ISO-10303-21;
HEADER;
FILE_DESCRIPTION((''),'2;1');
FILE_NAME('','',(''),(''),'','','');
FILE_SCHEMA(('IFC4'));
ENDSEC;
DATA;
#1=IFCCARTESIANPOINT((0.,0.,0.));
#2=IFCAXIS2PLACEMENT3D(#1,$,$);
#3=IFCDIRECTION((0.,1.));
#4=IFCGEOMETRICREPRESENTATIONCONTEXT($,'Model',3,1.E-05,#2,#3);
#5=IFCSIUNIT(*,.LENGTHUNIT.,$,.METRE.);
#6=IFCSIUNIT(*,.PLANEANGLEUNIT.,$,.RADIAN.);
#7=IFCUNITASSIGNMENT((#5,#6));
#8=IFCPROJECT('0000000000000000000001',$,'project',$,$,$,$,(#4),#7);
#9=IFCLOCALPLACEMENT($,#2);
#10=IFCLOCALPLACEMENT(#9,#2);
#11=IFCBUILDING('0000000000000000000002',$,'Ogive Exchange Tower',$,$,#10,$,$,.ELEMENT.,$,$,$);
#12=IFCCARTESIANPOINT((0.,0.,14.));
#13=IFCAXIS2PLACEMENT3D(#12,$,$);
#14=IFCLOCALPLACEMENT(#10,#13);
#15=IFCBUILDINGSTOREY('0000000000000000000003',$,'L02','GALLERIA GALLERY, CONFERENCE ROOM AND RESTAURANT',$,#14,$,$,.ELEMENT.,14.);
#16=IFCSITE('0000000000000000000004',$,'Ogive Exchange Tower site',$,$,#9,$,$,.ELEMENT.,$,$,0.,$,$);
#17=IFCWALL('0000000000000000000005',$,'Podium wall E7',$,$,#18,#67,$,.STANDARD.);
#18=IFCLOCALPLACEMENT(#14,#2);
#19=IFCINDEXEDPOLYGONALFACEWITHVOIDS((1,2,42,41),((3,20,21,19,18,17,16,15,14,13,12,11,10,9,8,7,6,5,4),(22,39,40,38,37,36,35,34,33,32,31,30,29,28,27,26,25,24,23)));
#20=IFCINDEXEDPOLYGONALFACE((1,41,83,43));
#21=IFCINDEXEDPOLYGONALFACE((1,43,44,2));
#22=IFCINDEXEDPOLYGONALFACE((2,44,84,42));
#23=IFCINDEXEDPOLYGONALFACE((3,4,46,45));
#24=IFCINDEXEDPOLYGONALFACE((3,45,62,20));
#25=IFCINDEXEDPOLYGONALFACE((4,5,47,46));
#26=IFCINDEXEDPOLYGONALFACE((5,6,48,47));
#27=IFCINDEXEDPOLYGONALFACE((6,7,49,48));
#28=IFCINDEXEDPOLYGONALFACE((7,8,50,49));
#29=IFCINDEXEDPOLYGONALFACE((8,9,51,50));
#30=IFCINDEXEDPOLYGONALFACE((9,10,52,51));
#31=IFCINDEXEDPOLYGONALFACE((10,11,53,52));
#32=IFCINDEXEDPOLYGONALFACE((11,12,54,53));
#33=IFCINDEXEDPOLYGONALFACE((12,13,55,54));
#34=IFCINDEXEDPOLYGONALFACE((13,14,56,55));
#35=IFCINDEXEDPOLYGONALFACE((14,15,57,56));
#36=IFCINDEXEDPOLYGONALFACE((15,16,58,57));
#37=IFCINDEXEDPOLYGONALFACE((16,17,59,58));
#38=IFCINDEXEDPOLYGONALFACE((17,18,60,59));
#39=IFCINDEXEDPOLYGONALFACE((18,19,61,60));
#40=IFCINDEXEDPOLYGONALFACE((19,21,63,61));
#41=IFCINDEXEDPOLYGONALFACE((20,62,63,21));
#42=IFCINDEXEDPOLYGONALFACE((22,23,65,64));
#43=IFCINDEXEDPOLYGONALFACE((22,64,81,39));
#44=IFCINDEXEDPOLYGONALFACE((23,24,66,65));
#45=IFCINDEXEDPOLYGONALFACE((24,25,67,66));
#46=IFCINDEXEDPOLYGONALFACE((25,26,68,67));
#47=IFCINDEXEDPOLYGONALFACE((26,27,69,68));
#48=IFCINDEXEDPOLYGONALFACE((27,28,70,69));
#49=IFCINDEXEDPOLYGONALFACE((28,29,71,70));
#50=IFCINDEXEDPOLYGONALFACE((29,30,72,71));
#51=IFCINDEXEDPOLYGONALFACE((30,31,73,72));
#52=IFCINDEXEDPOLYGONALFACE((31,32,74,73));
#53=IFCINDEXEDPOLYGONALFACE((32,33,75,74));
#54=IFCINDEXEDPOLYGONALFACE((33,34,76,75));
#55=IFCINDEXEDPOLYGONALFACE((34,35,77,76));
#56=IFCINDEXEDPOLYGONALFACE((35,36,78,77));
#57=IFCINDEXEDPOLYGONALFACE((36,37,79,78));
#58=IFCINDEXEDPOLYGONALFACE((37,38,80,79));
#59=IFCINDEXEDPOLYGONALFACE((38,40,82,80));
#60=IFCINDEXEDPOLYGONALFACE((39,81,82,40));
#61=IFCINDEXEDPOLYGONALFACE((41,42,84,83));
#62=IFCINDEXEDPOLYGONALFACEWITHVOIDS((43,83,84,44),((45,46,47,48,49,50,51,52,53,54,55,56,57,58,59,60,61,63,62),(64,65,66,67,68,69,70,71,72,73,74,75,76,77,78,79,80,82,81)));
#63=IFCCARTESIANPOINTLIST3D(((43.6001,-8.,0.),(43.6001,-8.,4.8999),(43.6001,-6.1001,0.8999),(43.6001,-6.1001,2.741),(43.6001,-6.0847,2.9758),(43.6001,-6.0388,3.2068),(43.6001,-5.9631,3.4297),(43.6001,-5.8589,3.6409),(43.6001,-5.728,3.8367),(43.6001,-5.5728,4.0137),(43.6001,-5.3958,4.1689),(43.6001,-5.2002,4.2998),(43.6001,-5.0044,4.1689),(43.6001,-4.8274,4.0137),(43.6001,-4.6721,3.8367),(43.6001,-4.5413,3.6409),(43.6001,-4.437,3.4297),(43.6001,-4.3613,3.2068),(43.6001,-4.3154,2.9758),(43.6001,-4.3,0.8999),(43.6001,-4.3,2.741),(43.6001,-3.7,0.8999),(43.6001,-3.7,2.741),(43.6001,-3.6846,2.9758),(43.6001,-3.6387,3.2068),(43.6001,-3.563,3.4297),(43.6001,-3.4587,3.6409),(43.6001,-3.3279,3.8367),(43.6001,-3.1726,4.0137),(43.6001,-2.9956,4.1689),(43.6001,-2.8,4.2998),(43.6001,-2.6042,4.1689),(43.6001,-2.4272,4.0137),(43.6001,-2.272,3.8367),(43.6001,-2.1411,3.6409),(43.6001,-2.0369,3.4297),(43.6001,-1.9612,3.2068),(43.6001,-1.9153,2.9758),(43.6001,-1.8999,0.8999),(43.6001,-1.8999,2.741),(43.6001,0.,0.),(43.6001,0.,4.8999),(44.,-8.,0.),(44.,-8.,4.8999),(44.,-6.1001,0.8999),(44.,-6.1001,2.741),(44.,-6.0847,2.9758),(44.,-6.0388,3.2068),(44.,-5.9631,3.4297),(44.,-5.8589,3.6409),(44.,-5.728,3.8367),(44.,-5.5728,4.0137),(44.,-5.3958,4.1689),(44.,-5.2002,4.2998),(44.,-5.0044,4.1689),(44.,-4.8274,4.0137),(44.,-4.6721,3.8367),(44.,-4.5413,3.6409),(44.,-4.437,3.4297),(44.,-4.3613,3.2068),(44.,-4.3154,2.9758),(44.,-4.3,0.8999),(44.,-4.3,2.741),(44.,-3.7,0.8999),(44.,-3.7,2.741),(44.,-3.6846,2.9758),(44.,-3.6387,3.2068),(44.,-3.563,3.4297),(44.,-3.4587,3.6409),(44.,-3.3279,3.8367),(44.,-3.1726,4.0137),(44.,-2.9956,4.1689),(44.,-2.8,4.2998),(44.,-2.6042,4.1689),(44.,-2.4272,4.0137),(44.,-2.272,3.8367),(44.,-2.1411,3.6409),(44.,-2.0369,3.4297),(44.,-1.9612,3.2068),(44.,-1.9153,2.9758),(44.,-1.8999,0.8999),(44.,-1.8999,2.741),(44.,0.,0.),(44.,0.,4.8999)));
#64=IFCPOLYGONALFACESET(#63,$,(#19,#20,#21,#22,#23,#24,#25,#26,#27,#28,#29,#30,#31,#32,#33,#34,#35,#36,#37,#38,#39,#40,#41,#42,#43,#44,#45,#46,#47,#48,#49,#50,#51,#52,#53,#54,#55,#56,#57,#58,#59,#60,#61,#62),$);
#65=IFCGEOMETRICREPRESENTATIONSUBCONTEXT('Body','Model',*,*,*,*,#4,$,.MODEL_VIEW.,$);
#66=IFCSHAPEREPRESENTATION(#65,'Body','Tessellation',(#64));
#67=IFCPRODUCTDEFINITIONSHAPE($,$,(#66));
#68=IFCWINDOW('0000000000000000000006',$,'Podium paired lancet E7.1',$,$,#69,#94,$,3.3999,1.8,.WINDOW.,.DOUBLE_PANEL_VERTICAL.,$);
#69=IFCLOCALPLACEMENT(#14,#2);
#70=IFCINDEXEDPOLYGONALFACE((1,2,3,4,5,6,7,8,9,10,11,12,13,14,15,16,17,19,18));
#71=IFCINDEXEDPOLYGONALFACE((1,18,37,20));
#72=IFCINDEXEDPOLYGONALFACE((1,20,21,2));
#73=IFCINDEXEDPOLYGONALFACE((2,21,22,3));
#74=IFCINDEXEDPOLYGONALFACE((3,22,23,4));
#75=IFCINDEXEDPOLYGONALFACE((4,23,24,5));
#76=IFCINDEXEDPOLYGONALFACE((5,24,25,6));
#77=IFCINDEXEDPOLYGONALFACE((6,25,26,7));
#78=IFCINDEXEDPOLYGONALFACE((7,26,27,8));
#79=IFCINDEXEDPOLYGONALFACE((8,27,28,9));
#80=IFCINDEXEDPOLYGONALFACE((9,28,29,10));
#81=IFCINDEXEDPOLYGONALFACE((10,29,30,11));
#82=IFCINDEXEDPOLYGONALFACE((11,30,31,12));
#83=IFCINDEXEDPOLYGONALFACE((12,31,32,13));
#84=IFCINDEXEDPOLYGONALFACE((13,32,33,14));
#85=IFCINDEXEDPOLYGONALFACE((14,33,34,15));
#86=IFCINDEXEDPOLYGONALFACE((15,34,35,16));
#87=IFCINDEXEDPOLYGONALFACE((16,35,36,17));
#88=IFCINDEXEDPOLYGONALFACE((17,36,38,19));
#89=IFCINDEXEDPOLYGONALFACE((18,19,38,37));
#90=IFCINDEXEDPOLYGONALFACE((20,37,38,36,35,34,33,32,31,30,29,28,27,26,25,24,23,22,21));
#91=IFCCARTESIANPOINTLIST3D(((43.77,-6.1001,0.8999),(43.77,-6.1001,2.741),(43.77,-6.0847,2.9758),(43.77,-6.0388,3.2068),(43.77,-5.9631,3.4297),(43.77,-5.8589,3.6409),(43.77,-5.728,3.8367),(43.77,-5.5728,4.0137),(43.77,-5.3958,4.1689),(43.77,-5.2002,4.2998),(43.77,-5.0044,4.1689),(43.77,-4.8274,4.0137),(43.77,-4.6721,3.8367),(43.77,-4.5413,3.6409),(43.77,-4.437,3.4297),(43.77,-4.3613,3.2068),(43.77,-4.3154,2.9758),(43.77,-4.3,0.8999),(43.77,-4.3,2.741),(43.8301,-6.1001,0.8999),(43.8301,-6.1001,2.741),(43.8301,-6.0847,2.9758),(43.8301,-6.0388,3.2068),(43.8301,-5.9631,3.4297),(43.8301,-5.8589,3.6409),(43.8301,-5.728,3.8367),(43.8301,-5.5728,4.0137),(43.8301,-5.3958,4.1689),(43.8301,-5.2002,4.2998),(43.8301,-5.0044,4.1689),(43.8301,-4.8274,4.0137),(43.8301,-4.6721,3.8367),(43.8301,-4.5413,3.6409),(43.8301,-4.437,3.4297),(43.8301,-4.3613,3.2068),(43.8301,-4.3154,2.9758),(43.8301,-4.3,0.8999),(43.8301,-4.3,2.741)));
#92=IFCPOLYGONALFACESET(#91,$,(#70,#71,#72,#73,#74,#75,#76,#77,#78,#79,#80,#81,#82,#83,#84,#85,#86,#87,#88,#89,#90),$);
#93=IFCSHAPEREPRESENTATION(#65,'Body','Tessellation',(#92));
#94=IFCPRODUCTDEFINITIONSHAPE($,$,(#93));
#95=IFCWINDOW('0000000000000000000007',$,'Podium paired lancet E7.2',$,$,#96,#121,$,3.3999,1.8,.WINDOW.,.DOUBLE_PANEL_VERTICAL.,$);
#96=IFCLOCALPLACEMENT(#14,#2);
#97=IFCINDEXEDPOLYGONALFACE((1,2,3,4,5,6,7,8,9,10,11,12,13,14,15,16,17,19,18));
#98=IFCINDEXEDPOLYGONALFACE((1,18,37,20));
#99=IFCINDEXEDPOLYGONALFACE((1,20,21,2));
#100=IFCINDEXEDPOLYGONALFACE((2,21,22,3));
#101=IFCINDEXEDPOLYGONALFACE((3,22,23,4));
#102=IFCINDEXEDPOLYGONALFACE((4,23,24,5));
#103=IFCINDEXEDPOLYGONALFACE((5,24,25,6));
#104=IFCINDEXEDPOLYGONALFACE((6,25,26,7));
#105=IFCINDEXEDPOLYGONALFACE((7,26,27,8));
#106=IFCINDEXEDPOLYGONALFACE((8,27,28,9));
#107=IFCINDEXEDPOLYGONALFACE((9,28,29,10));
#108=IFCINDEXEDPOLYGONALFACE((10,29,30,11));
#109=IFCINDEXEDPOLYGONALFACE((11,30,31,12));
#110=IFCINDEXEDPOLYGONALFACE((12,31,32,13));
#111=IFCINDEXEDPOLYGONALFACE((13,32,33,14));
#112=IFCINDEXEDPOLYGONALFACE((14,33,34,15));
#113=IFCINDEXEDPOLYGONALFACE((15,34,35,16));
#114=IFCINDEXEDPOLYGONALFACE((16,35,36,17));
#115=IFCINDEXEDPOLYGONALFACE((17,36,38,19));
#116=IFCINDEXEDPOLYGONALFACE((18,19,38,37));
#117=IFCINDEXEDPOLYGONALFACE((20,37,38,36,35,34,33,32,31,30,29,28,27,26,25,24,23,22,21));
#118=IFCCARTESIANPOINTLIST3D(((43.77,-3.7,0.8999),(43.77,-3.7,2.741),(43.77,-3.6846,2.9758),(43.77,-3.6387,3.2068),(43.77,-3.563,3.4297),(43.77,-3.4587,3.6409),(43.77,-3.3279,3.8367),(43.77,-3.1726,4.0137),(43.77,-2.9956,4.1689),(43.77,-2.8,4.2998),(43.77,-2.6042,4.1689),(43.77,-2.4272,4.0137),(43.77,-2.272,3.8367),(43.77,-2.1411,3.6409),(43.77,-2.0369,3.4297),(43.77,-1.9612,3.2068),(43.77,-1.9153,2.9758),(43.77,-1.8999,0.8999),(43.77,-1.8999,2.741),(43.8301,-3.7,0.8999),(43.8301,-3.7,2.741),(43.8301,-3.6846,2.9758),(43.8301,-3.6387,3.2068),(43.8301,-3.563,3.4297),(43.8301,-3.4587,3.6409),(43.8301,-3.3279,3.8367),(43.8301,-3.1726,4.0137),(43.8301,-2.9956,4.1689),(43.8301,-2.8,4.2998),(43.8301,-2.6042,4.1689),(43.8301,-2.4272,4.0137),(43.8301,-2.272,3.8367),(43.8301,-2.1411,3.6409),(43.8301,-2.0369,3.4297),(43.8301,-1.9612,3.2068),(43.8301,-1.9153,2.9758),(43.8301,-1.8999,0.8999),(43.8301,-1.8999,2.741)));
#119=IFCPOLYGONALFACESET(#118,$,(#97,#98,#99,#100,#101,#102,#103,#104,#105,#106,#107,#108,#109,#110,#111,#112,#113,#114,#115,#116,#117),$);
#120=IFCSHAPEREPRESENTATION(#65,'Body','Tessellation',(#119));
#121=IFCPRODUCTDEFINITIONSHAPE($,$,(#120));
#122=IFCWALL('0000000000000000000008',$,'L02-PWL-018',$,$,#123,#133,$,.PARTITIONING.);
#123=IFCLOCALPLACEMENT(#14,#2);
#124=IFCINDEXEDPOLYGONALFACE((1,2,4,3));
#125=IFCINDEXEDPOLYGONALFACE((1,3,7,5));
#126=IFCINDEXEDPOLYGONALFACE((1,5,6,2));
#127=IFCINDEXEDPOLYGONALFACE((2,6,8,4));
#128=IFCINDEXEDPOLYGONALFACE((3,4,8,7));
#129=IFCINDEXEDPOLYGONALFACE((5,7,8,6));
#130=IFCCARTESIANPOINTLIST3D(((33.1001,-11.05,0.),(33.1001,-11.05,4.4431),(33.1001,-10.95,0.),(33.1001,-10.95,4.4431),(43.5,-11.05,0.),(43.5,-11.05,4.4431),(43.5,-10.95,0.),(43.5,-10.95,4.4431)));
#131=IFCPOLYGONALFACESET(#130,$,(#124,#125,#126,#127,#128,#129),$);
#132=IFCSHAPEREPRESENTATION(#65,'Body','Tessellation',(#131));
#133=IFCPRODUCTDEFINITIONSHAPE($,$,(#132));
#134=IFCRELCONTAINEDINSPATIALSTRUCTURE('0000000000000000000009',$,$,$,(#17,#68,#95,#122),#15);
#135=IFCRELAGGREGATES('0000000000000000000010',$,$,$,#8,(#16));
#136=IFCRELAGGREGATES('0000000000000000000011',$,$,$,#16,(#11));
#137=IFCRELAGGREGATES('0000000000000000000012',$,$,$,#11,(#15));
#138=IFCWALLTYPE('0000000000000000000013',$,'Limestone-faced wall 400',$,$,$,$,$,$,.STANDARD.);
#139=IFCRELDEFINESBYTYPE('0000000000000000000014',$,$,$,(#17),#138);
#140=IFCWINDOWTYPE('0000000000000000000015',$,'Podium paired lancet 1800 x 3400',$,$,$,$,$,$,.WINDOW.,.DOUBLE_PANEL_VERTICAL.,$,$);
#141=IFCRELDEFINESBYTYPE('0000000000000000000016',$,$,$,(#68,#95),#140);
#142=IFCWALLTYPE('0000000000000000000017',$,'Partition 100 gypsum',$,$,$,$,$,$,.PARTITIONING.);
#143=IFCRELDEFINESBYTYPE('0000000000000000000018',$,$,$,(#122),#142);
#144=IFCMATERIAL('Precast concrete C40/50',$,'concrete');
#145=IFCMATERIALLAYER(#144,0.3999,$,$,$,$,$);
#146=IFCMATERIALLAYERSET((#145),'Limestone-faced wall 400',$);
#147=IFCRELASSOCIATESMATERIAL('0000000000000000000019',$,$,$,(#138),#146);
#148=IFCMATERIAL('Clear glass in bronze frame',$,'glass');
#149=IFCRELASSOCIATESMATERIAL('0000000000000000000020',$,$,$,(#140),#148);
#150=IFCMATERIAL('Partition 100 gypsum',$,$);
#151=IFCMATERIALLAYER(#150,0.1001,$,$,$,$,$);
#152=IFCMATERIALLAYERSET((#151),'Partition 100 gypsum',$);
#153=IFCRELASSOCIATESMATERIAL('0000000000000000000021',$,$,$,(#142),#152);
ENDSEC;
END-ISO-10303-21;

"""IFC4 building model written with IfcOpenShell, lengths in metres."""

from ifc_helpers import new_model, si_unit, direction, frame, frame_2d, origin, place, context, subcontext, project, spatial, polyline, rectangle, outline, extrude, material, layer, layer_set, type_object, element, fill, save


model = new_model("IFC4")

# Units and contexts
model_context = context("Model", 3, precision=1e-05, world=origin(), true_north=direction((0.0, 1.0)))
body_context = subcontext(model_context, "Body", "Model", "MODEL_VIEW")
ifc_project = project(units=[si_unit("LENGTHUNIT", "METRE"), si_unit("PLANEANGLEUNIT", "RADIAN")], contexts=[model_context])

# Site, building, storey
site_placement = place(None, origin())
site = spatial("IfcSite", under=ifc_project, at=site_placement, Name="Ogive Exchange Tower site", CompositionType="ELEMENT", RefElevation=0.0)
building_placement = place(site_placement, origin())
building = spatial("IfcBuilding", under=site, at=building_placement, Name="Ogive Exchange Tower", CompositionType="ELEMENT")
storey_placement = place(building_placement, frame((0.0, 0.0, 14.0)))
storey = spatial("IfcBuildingStorey", under=building, at=storey_placement, Name="L02", Description="GALLERIA GALLERY, CONFERENCE ROOM AND RESTAURANT", CompositionType="ELEMENT", Elevation=14.0)

# Shared definitions
ifc_material_1 = material(Name="Precast concrete C40/50", Category="concrete")
ifc_layer_1 = layer(ifc_material_1, 0.3999)
ifc_layer_set_1 = layer_set([ifc_layer_1], Name="Limestone-faced wall 400")
wall_type_1 = type_object("IfcWallType", Name="Limestone-faced wall 400", PredefinedType="STANDARD", material=ifc_layer_set_1)
ifc_material_2 = material(Name="Clear glass in bronze frame", Category="glass")

# Wall, openings, windows
wall_1_placement = place(storey_placement, frame((43.8, -8.0, 0.0), z_axis=(0.0, 0.0, 1.0), x_axis=(0.0, 1.0, 0.0)))
wall_1 = element("IfcWall", 1, at=wall_1_placement, inside=storey, type_object=wall_type_1, Name="Podium wall E7", PredefinedType="STANDARD", context=body_context, shape_type="SweptSolid", body=[
    extrude(rectangle(XDim=8.0, YDim=0.3999, at=frame_2d((4.0, 0.0))), origin(), (0.0, 0.0, 1.0), 4.8999),
])
opening_1_placement = place(wall_1_placement, frame((1.8999, 0.0, 0.8999)))
opening_1 = element("IfcOpeningElement", 2, at=opening_1_placement, cuts=wall_1, PredefinedType="OPENING", context=body_context, shape_type="SweptSolid", body=[
    extrude(outline(polyline([(0.0, 0.0), (1.8, 0.0), (1.8, 1.8411), (1.7847, 2.0759), (1.7388, 2.3069), (1.6631, 2.5298), (1.5588, 2.741), (1.428, 2.9368), (1.2727, 3.1138), (1.0957, 3.269), (0.8999, 3.3999), (0.7043, 3.269), (0.5273, 3.1138), (0.3721, 2.9368), (0.2412, 2.741), (0.137, 2.5298), (0.0613, 2.3069), (0.0154, 2.0759), (0.0, 1.8411), (0.0, 0.0)])), frame((0.0, 0.21, 0.0), z_axis=(0.0, -1.0, 0.0), x_axis=(1.0, 0.0, 0.0)), (0.0, 0.0, 1.0), 0.4199),
])
opening_2_placement = place(wall_1_placement, frame((4.3, 0.0, 0.8999)))
opening_2 = element("IfcOpeningElement", 3, at=opening_2_placement, cuts=wall_1, PredefinedType="OPENING", context=body_context, shape_type="SweptSolid", body=[
    extrude(outline(polyline([(0.0, 0.0), (1.8, 0.0), (1.8, 1.8411), (1.7847, 2.0759), (1.7388, 2.3069), (1.6631, 2.5298), (1.5588, 2.741), (1.428, 2.9368), (1.2727, 3.1138), (1.0957, 3.269), (0.8999, 3.3999), (0.7043, 3.269), (0.5273, 3.1138), (0.3721, 2.9368), (0.2412, 2.741), (0.137, 2.5298), (0.0613, 2.3069), (0.0154, 2.0759), (0.0, 1.8411), (0.0, 0.0)])), frame((0.0, 0.21, 0.0), z_axis=(0.0, -1.0, 0.0), x_axis=(1.0, 0.0, 0.0)), (0.0, 0.0, 1.0), 0.4199),
])
window_type_1 = type_object("IfcWindowType", Name="Podium paired lancet 1800 x 3400", PartitioningType="DOUBLE_PANEL_VERTICAL", PredefinedType="WINDOW", material=ifc_material_2)
window_1_placement = place(opening_1_placement, origin())
window_1 = element("IfcWindow", 4, at=window_1_placement, inside=storey, type_object=window_type_1, Name="Podium paired lancet E7.1", OverallHeight=3.3999, OverallWidth=1.8, PartitioningType="DOUBLE_PANEL_VERTICAL", PredefinedType="WINDOW", context=body_context, shape_type="SweptSolid", body=[
    extrude(outline(polyline([(0.0, 0.0), (1.8, 0.0), (1.8, 1.8411), (1.7847, 2.0759), (1.7388, 2.3069), (1.6631, 2.5298), (1.5588, 2.741), (1.428, 2.9368), (1.2727, 3.1138), (1.0957, 3.269), (0.8999, 3.3999), (0.7043, 3.269), (0.5273, 3.1138), (0.3721, 2.9368), (0.2412, 2.741), (0.137, 2.5298), (0.0613, 2.3069), (0.0154, 2.0759), (0.0, 1.8411), (0.0, 0.0)])), frame((0.0, 0.03, 0.0), z_axis=(0.0, -1.0, 0.0), x_axis=(1.0, 0.0, 0.0)), (0.0, 0.0, 1.0), 0.0601),
])
fill(opening_1, window_1)
window_2_placement = place(opening_2_placement, origin())
window_2 = element("IfcWindow", 5, at=window_2_placement, inside=storey, type_object=window_type_1, Name="Podium paired lancet E7.2", OverallHeight=3.3999, OverallWidth=1.8, PartitioningType="DOUBLE_PANEL_VERTICAL", PredefinedType="WINDOW", context=body_context, shape_type="SweptSolid", body=[
    extrude(outline(polyline([(0.0, 0.0), (1.8, 0.0), (1.8, 1.8411), (1.7847, 2.0759), (1.7388, 2.3069), (1.6631, 2.5298), (1.5588, 2.741), (1.428, 2.9368), (1.2727, 3.1138), (1.0957, 3.269), (0.8999, 3.3999), (0.7043, 3.269), (0.5273, 3.1138), (0.3721, 2.9368), (0.2412, 2.741), (0.137, 2.5298), (0.0613, 2.3069), (0.0154, 2.0759), (0.0, 1.8411), (0.0, 0.0)])), frame((0.0, 0.03, 0.0), z_axis=(0.0, -1.0, 0.0), x_axis=(1.0, 0.0, 0.0)), (0.0, 0.0, 1.0), 0.0601),
])
fill(opening_2, window_2)

# Wall
ifc_material_3 = material(Name="Partition 100 gypsum")
ifc_layer_2 = layer(ifc_material_3, 0.1001)
ifc_layer_set_2 = layer_set([ifc_layer_2], Name="Partition 100 gypsum")
wall_type_2 = type_object("IfcWallType", Name="Partition 100 gypsum", PredefinedType="PARTITIONING", material=ifc_layer_set_2)
wall_2_placement = place(storey_placement, frame((33.1001, -11.0, 0.0), z_axis=(0.0, 0.0, 1.0), x_axis=(1.0, 0.0, 0.0)))
element("IfcWall", 6, at=wall_2_placement, inside=storey, type_object=wall_type_2, Name="L02-PWL-018", PredefinedType="PARTITIONING", context=body_context, shape_type="SweptSolid", body=[
    extrude(rectangle(XDim=10.3999, YDim=0.1001, at=frame_2d((5.2, 0.0))), origin(), (0.0, 0.0, 1.0), 4.4431),
])

save(model, "model.ifc")
